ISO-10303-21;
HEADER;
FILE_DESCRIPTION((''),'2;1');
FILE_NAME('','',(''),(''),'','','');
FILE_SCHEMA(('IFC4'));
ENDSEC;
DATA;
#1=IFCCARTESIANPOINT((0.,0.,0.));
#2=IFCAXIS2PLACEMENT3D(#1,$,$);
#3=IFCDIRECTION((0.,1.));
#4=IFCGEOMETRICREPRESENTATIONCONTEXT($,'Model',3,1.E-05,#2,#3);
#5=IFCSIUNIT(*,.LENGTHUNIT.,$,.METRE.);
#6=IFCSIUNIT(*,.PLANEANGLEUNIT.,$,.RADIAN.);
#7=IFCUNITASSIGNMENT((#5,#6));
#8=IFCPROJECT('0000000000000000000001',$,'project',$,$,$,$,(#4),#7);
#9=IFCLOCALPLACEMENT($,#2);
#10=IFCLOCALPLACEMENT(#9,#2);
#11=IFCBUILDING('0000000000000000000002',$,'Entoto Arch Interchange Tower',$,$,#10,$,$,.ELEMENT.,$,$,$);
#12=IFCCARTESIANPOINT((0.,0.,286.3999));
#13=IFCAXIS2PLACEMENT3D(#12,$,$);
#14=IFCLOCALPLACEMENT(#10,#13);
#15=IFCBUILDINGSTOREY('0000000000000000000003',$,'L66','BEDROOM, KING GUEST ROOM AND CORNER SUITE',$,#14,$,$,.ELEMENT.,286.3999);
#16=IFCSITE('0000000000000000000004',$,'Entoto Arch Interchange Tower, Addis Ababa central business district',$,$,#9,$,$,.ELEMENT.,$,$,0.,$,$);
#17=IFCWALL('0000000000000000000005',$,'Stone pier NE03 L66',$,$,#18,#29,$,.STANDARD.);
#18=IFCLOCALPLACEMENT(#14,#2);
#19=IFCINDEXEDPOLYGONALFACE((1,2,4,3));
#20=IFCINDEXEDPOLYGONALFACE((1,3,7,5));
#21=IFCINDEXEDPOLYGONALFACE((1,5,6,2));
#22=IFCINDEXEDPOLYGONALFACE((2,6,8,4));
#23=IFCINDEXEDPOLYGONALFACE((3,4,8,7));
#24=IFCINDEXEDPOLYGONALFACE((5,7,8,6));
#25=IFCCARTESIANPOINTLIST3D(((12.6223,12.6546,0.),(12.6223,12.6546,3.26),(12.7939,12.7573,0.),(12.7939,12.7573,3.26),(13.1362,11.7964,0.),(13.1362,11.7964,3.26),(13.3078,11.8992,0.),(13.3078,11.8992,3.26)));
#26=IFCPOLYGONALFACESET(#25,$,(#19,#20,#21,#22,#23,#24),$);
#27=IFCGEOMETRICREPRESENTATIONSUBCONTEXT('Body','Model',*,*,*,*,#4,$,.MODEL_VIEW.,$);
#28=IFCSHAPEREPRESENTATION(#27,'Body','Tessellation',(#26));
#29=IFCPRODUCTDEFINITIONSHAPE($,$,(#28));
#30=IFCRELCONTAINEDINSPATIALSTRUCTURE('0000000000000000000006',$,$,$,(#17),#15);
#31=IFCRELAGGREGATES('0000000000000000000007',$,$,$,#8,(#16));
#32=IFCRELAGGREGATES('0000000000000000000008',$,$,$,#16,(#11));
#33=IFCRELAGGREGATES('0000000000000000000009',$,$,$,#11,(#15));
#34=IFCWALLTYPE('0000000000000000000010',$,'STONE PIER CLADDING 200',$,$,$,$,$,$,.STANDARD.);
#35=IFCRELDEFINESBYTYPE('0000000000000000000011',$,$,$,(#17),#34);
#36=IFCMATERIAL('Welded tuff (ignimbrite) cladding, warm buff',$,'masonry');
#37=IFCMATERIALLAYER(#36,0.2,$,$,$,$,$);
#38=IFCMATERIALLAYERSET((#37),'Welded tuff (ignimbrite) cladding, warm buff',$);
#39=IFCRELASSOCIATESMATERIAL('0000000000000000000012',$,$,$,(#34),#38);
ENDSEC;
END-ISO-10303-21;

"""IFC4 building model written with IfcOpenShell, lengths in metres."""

from ifc_helpers import new_model, si_unit, direction, frame, frame_2d, origin, place, context, subcontext, project, spatial, rectangle, extrude, material, layer, layer_set, type_object, element, save


model = new_model("IFC4")

# Units and contexts
model_context = context("Model", 3, precision=1e-05, world=origin(), true_north=direction((0.0, 1.0)))
body_context = subcontext(model_context, "Body", "Model", "MODEL_VIEW")
ifc_project = project(units=[si_unit("LENGTHUNIT", "METRE"), si_unit("PLANEANGLEUNIT", "RADIAN")], contexts=[model_context])

# Site, building, storey
site_placement = place(None, origin())
site = spatial("IfcSite", under=ifc_project, at=site_placement, Name="Entoto Arch Interchange Tower, Addis Ababa central business district", CompositionType="ELEMENT", RefElevation=0.0)
building_placement = place(site_placement, origin())
building = spatial("IfcBuilding", under=site, at=building_placement, Name="Entoto Arch Interchange Tower", CompositionType="ELEMENT")
storey_placement = place(building_placement, frame((0.0, 0.0, 286.3999)))
storey = spatial("IfcBuildingStorey", under=building, at=storey_placement, Name="L66", Description="BEDROOM, KING GUEST ROOM AND CORNER SUITE", CompositionType="ELEMENT", Elevation=286.3999)

# Shared definitions
ifc_material_1 = material(Name="Welded tuff (ignimbrite) cladding, warm buff", Category="masonry")

# Wall
ifc_layer_1 = layer(ifc_material_1, 0.2)
ifc_layer_set_1 = layer_set([ifc_layer_1], Name="Welded tuff (ignimbrite) cladding, warm buff")
wall_type_1 = type_object("IfcWallType", Name="STONE PIER CLADDING 200", PredefinedType="STANDARD", material=ifc_layer_set_1)
wall_1_placement = place(storey_placement, frame((13.2219, 11.8479, 0.0), z_axis=(0.0, 0.0, 1.0), x_axis=(-0.513778, 0.857923, 0.0)))
element("IfcWall", 1, at=wall_1_placement, inside=storey, type_object=wall_type_1, Name="Stone pier NE03 L66", PredefinedType="STANDARD", context=body_context, shape_type="SweptSolid", body=[
    extrude(rectangle(XDim=1.0002, YDim=0.2, at=frame_2d((0.5, 0.0))), origin(), (0.0, 0.0, 1.0), 3.26),
])

save(model, "model.ifc")
